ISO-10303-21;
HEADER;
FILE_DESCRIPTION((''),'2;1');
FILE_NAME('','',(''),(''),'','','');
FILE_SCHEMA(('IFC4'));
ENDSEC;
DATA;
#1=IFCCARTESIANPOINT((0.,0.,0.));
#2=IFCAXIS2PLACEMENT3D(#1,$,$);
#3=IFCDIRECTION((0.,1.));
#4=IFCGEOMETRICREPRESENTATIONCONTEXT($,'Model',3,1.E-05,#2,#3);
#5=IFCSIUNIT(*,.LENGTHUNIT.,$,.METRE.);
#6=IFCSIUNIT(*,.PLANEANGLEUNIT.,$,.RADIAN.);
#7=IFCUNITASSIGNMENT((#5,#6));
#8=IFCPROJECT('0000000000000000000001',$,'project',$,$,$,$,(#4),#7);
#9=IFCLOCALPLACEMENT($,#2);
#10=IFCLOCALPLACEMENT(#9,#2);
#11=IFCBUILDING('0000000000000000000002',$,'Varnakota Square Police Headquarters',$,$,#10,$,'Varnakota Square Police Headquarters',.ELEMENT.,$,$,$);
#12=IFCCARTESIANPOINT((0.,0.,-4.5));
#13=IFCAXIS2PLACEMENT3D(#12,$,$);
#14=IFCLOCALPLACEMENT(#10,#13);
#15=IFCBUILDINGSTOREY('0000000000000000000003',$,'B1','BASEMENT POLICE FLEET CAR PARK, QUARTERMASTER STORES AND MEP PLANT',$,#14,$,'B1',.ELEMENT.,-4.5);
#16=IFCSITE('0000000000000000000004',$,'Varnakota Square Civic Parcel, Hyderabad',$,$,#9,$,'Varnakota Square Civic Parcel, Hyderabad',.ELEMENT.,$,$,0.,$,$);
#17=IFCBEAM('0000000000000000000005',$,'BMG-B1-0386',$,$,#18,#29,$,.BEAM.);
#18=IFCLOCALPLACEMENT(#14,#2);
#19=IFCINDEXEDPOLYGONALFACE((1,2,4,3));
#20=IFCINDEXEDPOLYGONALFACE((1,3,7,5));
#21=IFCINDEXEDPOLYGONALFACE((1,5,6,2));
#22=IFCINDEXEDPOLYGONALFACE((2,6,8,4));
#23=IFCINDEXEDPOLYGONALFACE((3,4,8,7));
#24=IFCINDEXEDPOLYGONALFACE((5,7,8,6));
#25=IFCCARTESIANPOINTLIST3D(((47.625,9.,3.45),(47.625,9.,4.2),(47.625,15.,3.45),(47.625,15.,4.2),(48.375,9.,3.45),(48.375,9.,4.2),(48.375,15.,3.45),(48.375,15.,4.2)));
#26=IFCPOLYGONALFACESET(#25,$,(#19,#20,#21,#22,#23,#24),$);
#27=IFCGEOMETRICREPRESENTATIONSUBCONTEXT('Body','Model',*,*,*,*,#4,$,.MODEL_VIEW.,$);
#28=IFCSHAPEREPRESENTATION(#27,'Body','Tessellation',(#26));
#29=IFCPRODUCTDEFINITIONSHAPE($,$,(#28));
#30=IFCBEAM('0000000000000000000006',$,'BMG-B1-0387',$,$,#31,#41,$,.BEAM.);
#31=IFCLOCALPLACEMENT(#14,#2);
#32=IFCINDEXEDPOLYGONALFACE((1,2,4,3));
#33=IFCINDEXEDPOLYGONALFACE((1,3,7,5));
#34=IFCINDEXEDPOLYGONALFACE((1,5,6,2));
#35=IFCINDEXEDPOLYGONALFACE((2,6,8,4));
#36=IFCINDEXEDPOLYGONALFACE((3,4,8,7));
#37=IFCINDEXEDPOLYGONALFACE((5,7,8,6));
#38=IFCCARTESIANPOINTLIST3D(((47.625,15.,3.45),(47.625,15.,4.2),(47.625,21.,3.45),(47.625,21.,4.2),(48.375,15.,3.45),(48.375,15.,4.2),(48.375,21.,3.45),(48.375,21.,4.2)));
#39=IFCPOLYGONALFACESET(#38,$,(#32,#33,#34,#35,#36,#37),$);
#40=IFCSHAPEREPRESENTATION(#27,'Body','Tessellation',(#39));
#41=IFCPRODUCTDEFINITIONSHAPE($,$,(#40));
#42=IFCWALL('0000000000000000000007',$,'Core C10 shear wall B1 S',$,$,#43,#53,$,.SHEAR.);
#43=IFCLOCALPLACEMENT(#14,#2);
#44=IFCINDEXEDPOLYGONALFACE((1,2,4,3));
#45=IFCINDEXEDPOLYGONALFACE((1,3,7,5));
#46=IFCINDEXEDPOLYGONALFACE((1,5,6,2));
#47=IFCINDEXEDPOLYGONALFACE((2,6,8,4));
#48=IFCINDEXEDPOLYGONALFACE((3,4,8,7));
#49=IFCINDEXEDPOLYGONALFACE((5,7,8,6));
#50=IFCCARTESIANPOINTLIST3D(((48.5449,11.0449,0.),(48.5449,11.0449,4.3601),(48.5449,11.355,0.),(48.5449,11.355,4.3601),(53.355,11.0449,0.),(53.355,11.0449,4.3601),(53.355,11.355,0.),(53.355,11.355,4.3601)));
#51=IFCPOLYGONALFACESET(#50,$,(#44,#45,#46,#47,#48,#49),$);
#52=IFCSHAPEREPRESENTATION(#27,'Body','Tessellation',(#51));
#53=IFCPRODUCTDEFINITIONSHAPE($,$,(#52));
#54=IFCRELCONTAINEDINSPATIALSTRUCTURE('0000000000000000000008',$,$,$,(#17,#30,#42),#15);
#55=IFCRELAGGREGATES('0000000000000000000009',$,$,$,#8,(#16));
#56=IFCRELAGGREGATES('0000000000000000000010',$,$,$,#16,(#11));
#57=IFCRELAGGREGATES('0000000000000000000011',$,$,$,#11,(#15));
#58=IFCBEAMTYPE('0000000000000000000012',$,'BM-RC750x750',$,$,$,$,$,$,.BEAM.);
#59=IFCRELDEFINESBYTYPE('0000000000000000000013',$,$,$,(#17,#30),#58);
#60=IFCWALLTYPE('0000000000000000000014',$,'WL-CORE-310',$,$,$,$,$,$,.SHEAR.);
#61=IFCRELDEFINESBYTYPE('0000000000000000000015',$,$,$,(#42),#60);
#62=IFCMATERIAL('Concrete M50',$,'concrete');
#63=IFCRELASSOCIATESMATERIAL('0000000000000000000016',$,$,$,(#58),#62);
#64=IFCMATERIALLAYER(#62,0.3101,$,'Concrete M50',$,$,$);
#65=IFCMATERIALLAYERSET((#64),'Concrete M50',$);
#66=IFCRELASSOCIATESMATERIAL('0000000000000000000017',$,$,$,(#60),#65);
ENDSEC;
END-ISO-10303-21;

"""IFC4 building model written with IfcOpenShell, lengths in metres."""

from ifc_helpers import new_model, si_unit, direction, frame, frame_2d, origin, origin_2d, place, context, subcontext, project, spatial, rectangle, extrude, material, layer, layer_set, material_profile, profile_set, type_object, element, save


model = new_model("IFC4")

# Units and contexts
model_context = context("Model", 3, precision=1e-05, world=origin(), true_north=direction((0.0, 1.0)))
body_context = subcontext(model_context, "Body", "Model", "MODEL_VIEW")
ifc_project = project(units=[si_unit("LENGTHUNIT", "METRE"), si_unit("PLANEANGLEUNIT", "RADIAN")], contexts=[model_context])

# Site, building, storey
site_placement = place(None, origin())
site = spatial("IfcSite", under=ifc_project, at=site_placement, Name="Varnakota Square Civic Parcel, Hyderabad", LongName="Varnakota Square Civic Parcel, Hyderabad", CompositionType="ELEMENT", RefElevation=0.0)
building_placement = place(site_placement, origin())
building = spatial("IfcBuilding", under=site, at=building_placement, Name="Varnakota Square Police Headquarters", LongName="Varnakota Square Police Headquarters", CompositionType="ELEMENT")
storey_placement = place(building_placement, frame((0.0, 0.0, -4.5)))
storey = spatial("IfcBuildingStorey", under=building, at=storey_placement, Name="B1", Description="BASEMENT POLICE FLEET CAR PARK, QUARTERMASTER STORES AND MEP PLANT", LongName="B1", CompositionType="ELEMENT", Elevation=-4.5)

# Beams
ifc_material_1 = material(Name="Concrete M50", Category="concrete")
ifc_material_profile_1 = material_profile(ifc_material_1, rectangle(XDim=0.75, YDim=0.75, at=origin_2d()), Name="RC 750x750")
ifc_profile_set_1 = profile_set([ifc_material_profile_1], Name="Concrete M50")
beam_type_1 = type_object("IfcBeamType", Name="BM-RC750x750", PredefinedType="BEAM", material=ifc_profile_set_1)
for number, where, z_axis, x_axis, name in (
    (1, (48.0, 9.0, 3.825), (0.0, 1.0, 0.0), (-1.0, 0.0, 0.0), "BMG-B1-0386"),
    (2, (48.0, 15.0, 3.825), (0.0, 1.0, 0.0), (-1.0, 0.0, 0.0), "BMG-B1-0387"),
):
    element("IfcBeam", number, at=place(storey_placement, frame(where, z_axis=z_axis, x_axis=x_axis)), inside=storey, type_object=beam_type_1, Name=name, PredefinedType="BEAM", context=body_context, shape_type="SweptSolid", body=[
        extrude(rectangle(XDim=0.75, YDim=0.75, at=origin_2d()), origin(), (0.0, 0.0, 1.0), 6.0),
    ])

# Wall
ifc_layer = layer(ifc_material_1, 0.3101, Name="Concrete M50")
ifc_layer_set = layer_set([ifc_layer], Name="Concrete M50")
wall_type = type_object("IfcWallType", Name="WL-CORE-310", PredefinedType="SHEAR", material=ifc_layer_set)
wall_placement = place(storey_placement, frame((48.5449, 11.2, 0.0), z_axis=(0.0, 0.0, 1.0), x_axis=(1.0, 0.0, 0.0)))
element("IfcWall", 3, at=wall_placement, inside=storey, type_object=wall_type, Name="Core C10 shear wall B1 S", PredefinedType="SHEAR", context=body_context, shape_type="SweptSolid", body=[
    extrude(rectangle(XDim=4.8101, YDim=0.3101, at=frame_2d((2.405, 0.0))), origin(), (0.0, 0.0, 1.0), 4.3601),
])

save(model, "model.ifc")
